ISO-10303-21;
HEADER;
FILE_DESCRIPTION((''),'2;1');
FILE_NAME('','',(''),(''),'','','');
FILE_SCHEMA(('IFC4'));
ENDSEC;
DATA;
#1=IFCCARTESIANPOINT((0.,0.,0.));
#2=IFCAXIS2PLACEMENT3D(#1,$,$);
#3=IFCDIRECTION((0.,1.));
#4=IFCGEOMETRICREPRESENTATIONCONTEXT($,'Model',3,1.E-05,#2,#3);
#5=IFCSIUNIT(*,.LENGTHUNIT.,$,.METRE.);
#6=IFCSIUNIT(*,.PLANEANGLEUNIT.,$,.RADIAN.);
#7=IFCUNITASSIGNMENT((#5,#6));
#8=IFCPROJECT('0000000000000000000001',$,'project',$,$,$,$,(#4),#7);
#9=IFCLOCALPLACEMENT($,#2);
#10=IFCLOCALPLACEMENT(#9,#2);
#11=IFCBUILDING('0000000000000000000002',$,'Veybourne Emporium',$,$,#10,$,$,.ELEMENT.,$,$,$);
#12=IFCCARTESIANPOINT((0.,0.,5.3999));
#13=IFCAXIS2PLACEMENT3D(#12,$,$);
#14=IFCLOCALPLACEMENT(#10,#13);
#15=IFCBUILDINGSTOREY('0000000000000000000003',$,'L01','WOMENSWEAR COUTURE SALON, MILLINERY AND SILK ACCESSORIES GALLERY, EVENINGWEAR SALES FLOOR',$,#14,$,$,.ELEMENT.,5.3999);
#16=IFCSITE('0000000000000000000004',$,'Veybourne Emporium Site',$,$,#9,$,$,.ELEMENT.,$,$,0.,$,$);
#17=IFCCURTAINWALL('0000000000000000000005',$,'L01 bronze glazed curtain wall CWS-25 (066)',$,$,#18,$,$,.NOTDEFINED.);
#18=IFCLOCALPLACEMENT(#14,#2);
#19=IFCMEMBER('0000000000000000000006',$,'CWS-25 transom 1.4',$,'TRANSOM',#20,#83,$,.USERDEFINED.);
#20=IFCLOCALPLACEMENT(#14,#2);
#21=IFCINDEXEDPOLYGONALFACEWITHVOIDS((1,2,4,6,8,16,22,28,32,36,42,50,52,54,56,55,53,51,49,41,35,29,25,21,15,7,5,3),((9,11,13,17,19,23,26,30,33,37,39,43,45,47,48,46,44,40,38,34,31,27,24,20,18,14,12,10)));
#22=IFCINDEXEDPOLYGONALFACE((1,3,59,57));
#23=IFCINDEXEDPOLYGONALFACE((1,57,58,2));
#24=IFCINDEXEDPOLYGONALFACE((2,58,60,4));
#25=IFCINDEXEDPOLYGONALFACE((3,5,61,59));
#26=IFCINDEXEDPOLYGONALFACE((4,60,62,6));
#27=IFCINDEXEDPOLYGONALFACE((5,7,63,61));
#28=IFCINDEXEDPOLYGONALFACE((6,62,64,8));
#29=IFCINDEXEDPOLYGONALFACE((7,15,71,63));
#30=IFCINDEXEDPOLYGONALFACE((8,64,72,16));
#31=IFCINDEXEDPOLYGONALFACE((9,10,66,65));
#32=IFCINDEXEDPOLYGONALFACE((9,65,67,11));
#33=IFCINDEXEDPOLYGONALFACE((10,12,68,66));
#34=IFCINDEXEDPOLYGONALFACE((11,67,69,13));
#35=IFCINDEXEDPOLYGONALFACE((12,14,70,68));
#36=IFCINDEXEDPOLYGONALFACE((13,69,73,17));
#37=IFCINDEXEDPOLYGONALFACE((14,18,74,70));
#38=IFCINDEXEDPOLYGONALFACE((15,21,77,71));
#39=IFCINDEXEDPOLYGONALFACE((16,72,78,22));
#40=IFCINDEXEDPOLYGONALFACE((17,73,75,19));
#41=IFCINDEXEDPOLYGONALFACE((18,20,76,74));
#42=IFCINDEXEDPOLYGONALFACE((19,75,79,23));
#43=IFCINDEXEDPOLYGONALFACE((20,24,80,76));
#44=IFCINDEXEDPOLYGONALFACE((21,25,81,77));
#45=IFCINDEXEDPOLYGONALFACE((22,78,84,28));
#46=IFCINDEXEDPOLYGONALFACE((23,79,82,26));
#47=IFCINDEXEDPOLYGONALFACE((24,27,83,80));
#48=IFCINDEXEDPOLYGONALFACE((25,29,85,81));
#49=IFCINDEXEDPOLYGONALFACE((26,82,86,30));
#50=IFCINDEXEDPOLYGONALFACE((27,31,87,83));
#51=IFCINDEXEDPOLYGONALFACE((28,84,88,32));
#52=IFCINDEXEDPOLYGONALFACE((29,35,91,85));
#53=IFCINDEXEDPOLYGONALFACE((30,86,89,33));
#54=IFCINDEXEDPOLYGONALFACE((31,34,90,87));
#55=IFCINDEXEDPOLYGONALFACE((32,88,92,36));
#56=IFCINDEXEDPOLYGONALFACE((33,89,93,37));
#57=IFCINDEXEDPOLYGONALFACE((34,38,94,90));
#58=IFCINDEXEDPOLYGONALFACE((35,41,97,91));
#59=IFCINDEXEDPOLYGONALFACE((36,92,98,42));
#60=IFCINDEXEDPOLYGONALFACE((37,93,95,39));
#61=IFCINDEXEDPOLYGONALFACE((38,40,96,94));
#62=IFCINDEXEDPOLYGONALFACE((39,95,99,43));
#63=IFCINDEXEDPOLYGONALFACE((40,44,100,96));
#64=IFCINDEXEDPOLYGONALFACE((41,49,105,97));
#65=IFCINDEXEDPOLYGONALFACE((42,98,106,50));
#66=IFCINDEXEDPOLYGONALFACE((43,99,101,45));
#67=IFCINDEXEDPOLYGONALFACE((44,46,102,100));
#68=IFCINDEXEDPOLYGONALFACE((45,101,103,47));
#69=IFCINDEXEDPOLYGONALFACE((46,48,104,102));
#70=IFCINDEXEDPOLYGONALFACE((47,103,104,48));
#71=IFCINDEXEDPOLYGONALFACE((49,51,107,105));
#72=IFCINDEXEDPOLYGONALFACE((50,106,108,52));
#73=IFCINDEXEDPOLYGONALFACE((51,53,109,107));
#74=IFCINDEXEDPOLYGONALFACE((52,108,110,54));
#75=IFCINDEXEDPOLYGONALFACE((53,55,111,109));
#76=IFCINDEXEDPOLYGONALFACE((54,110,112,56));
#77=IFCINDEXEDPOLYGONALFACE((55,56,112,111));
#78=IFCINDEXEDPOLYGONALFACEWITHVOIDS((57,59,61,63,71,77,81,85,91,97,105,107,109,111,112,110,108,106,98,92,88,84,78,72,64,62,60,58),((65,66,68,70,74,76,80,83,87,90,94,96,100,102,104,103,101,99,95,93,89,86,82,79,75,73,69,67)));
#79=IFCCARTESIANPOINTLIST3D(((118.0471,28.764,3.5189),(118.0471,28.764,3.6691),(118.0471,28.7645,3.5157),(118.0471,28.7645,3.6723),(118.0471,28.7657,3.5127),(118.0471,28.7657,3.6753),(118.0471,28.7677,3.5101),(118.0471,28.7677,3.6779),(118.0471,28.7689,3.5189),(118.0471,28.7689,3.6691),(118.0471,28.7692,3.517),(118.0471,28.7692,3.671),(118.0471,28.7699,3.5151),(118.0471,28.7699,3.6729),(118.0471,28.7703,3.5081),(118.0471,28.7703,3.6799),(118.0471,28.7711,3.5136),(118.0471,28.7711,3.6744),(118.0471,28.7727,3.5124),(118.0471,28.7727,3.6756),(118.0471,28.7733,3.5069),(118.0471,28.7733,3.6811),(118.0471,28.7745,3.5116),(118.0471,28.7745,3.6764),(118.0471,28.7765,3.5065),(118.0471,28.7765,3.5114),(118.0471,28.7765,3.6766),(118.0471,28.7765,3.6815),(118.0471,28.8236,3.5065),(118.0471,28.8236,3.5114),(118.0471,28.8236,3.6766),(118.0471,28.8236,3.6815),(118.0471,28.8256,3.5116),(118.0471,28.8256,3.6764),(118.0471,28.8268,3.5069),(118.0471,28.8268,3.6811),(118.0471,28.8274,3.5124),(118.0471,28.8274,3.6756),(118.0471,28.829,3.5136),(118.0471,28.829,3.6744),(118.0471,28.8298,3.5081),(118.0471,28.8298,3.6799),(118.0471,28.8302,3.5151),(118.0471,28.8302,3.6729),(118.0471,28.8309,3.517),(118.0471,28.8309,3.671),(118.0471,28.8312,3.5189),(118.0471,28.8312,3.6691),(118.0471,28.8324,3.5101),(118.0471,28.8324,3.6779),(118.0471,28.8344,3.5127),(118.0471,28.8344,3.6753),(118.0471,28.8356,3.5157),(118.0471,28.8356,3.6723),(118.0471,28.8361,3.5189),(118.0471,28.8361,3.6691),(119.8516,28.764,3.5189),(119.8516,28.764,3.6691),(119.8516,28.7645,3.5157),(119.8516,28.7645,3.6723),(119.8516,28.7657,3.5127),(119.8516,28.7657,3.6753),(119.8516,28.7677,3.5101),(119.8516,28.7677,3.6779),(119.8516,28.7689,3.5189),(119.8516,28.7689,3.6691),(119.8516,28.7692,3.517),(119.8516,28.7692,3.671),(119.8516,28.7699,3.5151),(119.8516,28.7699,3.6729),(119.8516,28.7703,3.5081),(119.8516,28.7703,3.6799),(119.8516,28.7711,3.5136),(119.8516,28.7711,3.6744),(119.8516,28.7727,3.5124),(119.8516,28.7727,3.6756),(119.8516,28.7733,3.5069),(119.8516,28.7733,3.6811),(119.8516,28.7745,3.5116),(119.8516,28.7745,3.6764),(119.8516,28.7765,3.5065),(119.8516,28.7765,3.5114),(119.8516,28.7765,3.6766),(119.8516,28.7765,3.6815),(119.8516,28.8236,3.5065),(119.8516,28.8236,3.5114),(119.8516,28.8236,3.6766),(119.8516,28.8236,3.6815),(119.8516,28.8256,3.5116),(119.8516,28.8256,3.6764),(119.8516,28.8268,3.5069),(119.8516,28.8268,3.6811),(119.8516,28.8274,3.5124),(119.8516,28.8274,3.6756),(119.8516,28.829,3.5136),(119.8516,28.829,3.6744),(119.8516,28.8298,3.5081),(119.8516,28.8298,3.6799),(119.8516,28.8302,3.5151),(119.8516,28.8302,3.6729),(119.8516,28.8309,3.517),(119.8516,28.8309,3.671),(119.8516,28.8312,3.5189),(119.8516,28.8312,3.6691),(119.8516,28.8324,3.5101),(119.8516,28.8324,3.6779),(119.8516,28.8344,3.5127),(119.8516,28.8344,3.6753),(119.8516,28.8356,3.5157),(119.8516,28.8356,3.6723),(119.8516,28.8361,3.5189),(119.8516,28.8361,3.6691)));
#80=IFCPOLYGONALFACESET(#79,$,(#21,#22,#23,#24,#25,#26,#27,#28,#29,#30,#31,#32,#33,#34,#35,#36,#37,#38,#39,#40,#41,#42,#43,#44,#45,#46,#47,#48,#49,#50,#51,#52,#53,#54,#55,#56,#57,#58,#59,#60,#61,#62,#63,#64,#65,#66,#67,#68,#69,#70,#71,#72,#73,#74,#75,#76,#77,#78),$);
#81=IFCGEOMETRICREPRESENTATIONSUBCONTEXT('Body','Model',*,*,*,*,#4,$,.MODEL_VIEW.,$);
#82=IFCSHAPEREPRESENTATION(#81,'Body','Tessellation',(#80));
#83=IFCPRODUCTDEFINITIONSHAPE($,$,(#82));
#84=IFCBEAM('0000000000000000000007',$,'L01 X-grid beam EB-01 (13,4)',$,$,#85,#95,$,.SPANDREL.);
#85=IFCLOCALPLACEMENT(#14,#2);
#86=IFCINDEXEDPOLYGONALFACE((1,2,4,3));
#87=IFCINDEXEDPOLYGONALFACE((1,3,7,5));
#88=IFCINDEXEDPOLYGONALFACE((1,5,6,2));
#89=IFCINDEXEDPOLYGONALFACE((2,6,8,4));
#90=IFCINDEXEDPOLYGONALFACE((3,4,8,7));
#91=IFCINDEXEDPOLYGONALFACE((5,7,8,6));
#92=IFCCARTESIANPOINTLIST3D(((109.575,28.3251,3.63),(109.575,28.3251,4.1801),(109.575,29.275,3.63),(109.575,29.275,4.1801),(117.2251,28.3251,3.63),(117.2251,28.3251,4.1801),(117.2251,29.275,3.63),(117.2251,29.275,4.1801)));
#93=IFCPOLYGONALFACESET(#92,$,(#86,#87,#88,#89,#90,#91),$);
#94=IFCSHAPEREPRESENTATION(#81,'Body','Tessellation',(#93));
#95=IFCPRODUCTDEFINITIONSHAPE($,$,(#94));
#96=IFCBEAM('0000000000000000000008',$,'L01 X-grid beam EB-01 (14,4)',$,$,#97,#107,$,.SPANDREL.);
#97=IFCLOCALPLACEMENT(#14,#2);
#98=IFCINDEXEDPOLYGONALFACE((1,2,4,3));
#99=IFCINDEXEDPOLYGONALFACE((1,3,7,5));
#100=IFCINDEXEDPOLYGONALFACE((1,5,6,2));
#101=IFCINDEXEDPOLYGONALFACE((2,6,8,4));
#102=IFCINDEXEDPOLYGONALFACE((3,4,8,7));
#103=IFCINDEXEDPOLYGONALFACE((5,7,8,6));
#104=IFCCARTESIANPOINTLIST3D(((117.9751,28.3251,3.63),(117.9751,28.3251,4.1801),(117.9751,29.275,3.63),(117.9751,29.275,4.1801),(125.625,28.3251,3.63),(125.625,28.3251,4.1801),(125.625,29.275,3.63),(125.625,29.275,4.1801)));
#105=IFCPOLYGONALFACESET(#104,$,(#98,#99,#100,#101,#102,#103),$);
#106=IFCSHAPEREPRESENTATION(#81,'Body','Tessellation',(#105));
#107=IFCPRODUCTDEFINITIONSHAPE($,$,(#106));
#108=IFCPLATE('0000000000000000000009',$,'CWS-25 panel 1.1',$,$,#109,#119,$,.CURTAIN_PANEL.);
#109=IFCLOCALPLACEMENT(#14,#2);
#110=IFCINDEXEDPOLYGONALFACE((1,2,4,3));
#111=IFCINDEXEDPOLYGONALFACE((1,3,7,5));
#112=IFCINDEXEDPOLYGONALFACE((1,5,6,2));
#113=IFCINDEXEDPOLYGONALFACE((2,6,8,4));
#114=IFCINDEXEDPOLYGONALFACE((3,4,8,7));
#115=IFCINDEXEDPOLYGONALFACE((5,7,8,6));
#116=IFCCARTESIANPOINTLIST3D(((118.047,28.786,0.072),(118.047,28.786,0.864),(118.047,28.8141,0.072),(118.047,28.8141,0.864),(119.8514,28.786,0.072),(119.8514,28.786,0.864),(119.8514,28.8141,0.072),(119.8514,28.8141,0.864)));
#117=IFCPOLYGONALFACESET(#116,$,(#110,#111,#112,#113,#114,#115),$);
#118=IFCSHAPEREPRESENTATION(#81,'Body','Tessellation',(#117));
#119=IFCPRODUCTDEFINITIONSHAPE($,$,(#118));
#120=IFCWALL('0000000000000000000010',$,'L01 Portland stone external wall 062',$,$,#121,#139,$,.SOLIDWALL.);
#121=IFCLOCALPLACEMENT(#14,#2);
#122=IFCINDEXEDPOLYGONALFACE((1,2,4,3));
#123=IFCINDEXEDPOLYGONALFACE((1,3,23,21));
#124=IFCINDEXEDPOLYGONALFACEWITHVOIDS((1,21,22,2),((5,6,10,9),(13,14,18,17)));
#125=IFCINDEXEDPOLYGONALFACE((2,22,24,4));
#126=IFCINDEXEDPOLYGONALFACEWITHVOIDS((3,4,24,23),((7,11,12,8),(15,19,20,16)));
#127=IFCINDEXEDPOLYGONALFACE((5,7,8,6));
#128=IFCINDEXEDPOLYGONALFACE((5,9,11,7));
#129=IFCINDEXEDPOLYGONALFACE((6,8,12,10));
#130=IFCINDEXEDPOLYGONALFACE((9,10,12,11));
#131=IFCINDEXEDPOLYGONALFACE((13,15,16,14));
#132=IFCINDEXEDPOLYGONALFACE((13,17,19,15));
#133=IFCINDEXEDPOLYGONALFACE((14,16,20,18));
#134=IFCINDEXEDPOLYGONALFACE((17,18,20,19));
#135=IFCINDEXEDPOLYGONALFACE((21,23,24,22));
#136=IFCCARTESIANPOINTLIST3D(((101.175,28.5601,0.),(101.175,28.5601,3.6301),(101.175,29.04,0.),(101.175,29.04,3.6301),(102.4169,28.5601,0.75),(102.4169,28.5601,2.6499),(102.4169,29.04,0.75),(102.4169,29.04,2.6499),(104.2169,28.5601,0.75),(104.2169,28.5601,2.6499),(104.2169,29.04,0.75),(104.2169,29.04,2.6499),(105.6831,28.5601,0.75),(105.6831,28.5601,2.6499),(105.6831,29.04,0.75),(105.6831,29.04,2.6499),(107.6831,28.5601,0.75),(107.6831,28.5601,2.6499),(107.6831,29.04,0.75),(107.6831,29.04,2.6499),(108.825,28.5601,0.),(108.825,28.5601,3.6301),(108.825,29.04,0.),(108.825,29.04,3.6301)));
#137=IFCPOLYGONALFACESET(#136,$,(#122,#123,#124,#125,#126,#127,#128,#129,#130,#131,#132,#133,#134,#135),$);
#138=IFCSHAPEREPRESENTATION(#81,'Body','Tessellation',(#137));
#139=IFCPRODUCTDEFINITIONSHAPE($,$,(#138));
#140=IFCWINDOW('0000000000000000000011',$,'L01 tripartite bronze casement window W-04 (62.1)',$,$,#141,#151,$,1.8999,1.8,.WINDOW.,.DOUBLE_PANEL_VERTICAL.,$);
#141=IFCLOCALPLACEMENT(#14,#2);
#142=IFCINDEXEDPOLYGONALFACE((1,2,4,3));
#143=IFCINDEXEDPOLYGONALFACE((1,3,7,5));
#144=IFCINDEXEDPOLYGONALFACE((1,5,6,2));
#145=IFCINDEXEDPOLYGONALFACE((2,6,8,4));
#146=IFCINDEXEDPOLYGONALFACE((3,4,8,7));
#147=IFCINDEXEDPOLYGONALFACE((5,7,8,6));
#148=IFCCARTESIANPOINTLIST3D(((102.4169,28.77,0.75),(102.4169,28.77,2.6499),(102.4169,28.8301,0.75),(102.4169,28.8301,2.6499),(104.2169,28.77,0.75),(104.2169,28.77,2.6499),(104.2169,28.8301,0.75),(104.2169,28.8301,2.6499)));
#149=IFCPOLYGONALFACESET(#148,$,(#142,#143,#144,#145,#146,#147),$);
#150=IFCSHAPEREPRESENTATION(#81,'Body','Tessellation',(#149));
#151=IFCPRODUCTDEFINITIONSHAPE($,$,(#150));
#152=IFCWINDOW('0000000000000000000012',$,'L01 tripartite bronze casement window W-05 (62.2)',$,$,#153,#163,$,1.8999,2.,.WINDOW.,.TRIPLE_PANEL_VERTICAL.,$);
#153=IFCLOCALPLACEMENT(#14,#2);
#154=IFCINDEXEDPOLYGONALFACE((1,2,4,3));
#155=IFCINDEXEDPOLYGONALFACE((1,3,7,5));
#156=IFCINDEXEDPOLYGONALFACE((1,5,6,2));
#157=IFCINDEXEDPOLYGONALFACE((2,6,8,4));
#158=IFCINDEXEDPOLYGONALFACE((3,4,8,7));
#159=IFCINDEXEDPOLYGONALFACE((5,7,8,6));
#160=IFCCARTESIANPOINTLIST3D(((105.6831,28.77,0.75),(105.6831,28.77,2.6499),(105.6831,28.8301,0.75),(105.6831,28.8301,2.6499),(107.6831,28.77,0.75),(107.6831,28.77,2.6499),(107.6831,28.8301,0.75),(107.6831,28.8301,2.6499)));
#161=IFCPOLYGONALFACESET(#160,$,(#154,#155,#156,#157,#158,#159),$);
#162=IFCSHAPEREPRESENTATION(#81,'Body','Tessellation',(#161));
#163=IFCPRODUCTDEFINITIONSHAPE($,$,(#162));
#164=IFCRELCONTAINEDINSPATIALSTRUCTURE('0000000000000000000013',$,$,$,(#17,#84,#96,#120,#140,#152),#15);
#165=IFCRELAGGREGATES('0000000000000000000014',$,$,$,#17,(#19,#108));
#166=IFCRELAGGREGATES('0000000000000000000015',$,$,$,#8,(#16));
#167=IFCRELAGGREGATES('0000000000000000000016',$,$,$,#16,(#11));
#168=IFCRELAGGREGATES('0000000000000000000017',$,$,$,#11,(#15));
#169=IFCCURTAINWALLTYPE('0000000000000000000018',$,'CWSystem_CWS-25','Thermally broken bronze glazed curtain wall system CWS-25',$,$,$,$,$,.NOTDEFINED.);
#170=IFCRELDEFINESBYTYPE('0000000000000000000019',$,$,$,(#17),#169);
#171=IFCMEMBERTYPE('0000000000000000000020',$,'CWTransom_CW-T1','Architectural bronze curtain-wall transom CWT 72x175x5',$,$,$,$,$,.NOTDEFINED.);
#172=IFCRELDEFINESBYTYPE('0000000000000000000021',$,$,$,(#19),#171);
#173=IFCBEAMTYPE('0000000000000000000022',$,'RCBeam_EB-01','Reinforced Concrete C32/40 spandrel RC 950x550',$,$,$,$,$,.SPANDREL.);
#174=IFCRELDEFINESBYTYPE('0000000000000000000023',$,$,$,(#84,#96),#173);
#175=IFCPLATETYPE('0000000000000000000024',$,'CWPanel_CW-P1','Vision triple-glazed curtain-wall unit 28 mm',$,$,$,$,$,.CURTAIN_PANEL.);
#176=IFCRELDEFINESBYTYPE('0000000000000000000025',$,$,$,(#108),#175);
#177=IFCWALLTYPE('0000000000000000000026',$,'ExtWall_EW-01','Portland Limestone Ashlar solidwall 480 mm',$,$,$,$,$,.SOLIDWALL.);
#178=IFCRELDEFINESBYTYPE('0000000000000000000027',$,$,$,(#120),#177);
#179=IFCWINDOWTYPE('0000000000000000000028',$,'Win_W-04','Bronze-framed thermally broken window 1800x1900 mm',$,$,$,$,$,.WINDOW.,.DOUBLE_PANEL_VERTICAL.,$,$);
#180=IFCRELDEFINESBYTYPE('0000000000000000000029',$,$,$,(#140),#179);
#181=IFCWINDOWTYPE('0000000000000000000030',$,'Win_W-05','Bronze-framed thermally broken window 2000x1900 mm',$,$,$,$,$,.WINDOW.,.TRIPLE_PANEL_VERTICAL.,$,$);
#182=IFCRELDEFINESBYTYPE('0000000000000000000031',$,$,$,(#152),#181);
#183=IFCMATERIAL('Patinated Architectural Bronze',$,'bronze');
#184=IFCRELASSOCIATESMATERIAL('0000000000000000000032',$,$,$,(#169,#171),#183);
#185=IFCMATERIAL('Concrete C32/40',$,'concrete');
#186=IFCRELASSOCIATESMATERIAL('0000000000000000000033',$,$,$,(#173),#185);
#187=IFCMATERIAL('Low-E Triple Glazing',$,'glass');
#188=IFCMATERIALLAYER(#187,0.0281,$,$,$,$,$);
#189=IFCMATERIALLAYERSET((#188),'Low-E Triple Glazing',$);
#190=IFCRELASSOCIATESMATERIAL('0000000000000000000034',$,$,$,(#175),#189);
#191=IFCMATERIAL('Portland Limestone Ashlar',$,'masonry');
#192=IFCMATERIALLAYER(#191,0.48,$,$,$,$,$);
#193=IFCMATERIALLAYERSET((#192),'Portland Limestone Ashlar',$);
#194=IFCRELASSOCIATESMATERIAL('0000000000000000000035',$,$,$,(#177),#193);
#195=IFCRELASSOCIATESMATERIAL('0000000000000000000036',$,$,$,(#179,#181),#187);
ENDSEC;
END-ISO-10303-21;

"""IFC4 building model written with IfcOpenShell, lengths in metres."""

from ifc_helpers import new_model, si_unit, direction, frame, frame_2d, origin, origin_2d, place, context, subcontext, project, spatial, rectangle, hollow_rectangle, extrude, material, layer, layer_set, material_profile, profile_set, type_object, element, fill, aggregate, save


model = new_model("IFC4")

# Units and contexts
model_context = context("Model", 3, precision=1e-05, world=origin(), true_north=direction((0.0, 1.0)))
body_context = subcontext(model_context, "Body", "Model", "MODEL_VIEW")
ifc_project = project(units=[si_unit("LENGTHUNIT", "METRE"), si_unit("PLANEANGLEUNIT", "RADIAN")], contexts=[model_context])

# Site, building, storey
site_placement = place(None, origin())
site = spatial("IfcSite", under=ifc_project, at=site_placement, Name="Veybourne Emporium Site", CompositionType="ELEMENT", RefElevation=0.0)
building_placement = place(site_placement, origin())
building = spatial("IfcBuilding", under=site, at=building_placement, Name="Veybourne Emporium", CompositionType="ELEMENT")
storey_placement = place(building_placement, frame((0.0, 0.0, 5.3999)))
storey = spatial("IfcBuildingStorey", under=building, at=storey_placement, Name="L01", Description="WOMENSWEAR COUTURE SALON, MILLINERY AND SILK ACCESSORIES GALLERY, EVENINGWEAR SALES FLOOR", CompositionType="ELEMENT", Elevation=5.3999)

# Curtain wall, member
ifc_material_1 = material(Name="Patinated Architectural Bronze", Category="bronze")
curtain_wall_type = type_object("IfcCurtainWallType", Name="CWSystem_CWS-25", Description="Thermally broken bronze glazed curtain wall system CWS-25", PredefinedType="NOTDEFINED", material=ifc_material_1)
curtain_wall_placement = place(storey_placement, origin())
curtain_wall = element("IfcCurtainWall", 1, at=curtain_wall_placement, inside=storey, type_object=curtain_wall_type, Name="L01 bronze glazed curtain wall CWS-25 (066)", PredefinedType="NOTDEFINED")
ifc_material_profile_1 = material_profile(ifc_material_1, hollow_rectangle(XDim=0.072, YDim=0.175, WallThickness=0.0049, InnerFilletRadius=0.0076, OuterFilletRadius=0.0125, at=origin_2d()), Name="CWT 72x175x5")
ifc_profile_set_1 = profile_set([ifc_material_profile_1], Name="Patinated Architectural Bronze")
member_type_1 = type_object("IfcMemberType", Name="CWTransom_CW-T1", Description="Architectural bronze curtain-wall transom CWT 72x175x5", PredefinedType="NOTDEFINED", material=ifc_profile_set_1)
member_1_placement = place(storey_placement, frame((118.0471, 28.8, 3.594), z_axis=(1.0, 0.0, 0.0), x_axis=(0.0, 1.0, 0.0)))
member_1 = element("IfcMember", 2, at=member_1_placement, type_object=member_type_1, Name="CWS-25 transom 1.4", ObjectType="TRANSOM", PredefinedType="USERDEFINED", context=body_context, shape_type="SweptSolid", body=[
    extrude(hollow_rectangle(XDim=0.072, YDim=0.175, WallThickness=0.0049, InnerFilletRadius=0.0076, OuterFilletRadius=0.0125, at=origin_2d()), origin(), (0.0, 0.0, 1.0), 1.8044),
])

# Beams
ifc_material_2 = material(Name="Concrete C32/40", Category="concrete")
ifc_material_profile_2 = material_profile(ifc_material_2, rectangle(XDim=0.95, YDim=0.55, at=origin_2d()), Name="RC 950x550")
ifc_profile_set_2 = profile_set([ifc_material_profile_2], Name="Concrete C32/40")
beam_type = type_object("IfcBeamType", Name="RCBeam_EB-01", Description="Reinforced Concrete C32/40 spandrel RC 950x550", PredefinedType="SPANDREL", material=ifc_profile_set_2)
beam_1_placement = place(storey_placement, frame((109.575, 28.8, 3.905), z_axis=(1.0, 0.0, 0.0), x_axis=(0.0, 1.0, 0.0)))
element("IfcBeam", 3, at=beam_1_placement, inside=storey, type_object=beam_type, Name="L01 X-grid beam EB-01 (13,4)", PredefinedType="SPANDREL", context=body_context, shape_type="SweptSolid", body=[
    extrude(rectangle(XDim=0.95, YDim=0.55, at=origin_2d()), origin(), (0.0, 0.0, 1.0), 7.6501),
])
beam_2_placement = place(storey_placement, frame((117.9751, 28.8, 3.905), z_axis=(1.0, 0.0, 0.0), x_axis=(0.0, 1.0, 0.0)))
element("IfcBeam", 4, at=beam_2_placement, inside=storey, type_object=beam_type, Name="L01 X-grid beam EB-01 (14,4)", PredefinedType="SPANDREL", context=body_context, shape_type="SweptSolid", body=[
    extrude(rectangle(XDim=0.95, YDim=0.55, at=origin_2d()), origin(), (0.0, 0.0, 1.0), 7.6499),
])

# Plate
ifc_material_3 = material(Name="Low-E Triple Glazing", Category="glass")
ifc_layer_1 = layer(ifc_material_3, 0.0281)
ifc_layer_set_1 = layer_set([ifc_layer_1], Name="Low-E Triple Glazing")
plate_type = type_object("IfcPlateType", Name="CWPanel_CW-P1", Description="Vision triple-glazed curtain-wall unit 28 mm", PredefinedType="CURTAIN_PANEL", material=ifc_layer_set_1)
plate_placement = place(storey_placement, frame((118.9492, 28.8, 0.072), z_axis=(0.0, 0.0, 1.0), x_axis=(1.0, 0.0, 0.0)))
plate = element("IfcPlate", 5, at=plate_placement, type_object=plate_type, Name="CWS-25 panel 1.1", PredefinedType="CURTAIN_PANEL", context=body_context, shape_type="SweptSolid", body=[
    extrude(rectangle(XDim=1.8044, YDim=0.0281, at=origin_2d()), origin(), (0.0, 0.0, 1.0), 0.792),
])
aggregate(curtain_wall, [member_1, plate])

# Wall, openings, windows
ifc_material_4 = material(Name="Portland Limestone Ashlar", Category="masonry")
ifc_layer_2 = layer(ifc_material_4, 0.48)
ifc_layer_set_2 = layer_set([ifc_layer_2], Name="Portland Limestone Ashlar")
wall_type_1 = type_object("IfcWallType", Name="ExtWall_EW-01", Description="Portland Limestone Ashlar solidwall 480 mm", PredefinedType="SOLIDWALL", material=ifc_layer_set_2)
wall_1_placement = place(storey_placement, frame((101.175, 28.8, 0.0), z_axis=(0.0, 0.0, 1.0), x_axis=(1.0, 0.0, 0.0)))
wall_1 = element("IfcWall", 6, at=wall_1_placement, inside=storey, type_object=wall_type_1, Name="L01 Portland stone external wall 062", PredefinedType="SOLIDWALL", context=body_context, shape_type="SweptSolid", body=[
    extrude(rectangle(XDim=7.6499, YDim=0.48, at=frame_2d((3.825, 0.0))), origin(), (0.0, 0.0, 1.0), 3.6301),
])
opening_1_placement = place(wall_1_placement, frame((1.2419, 0.0, 0.75)))
opening_1 = element("IfcOpeningElement", 7, at=opening_1_placement, cuts=wall_1, PredefinedType="OPENING", context=body_context, shape_type="SweptSolid", body=[
    extrude(rectangle(XDim=1.8, YDim=1.8999, at=frame_2d((0.8999, 0.95))), frame((0.0, 0.26, 0.0), z_axis=(0.0, -1.0, 0.0), x_axis=(1.0, 0.0, 0.0)), (0.0, 0.0, 1.0), 0.52),
])
opening_2_placement = place(wall_1_placement, frame((4.5081, 0.0, 0.75)))
opening_2 = element("IfcOpeningElement", 8, at=opening_2_placement, cuts=wall_1, PredefinedType="OPENING", context=body_context, shape_type="SweptSolid", body=[
    extrude(rectangle(XDim=2.0, YDim=1.8999, at=frame_2d((1.0, 0.95))), frame((0.0, 0.26, 0.0), z_axis=(0.0, -1.0, 0.0), x_axis=(1.0, 0.0, 0.0)), (0.0, 0.0, 1.0), 0.52),
])
window_type_1 = type_object("IfcWindowType", Name="Win_W-04", Description="Bronze-framed thermally broken window 1800x1900 mm", PartitioningType="DOUBLE_PANEL_VERTICAL", PredefinedType="WINDOW", material=ifc_material_3)
window_1_placement = place(opening_1_placement, origin())
window_1 = element("IfcWindow", 9, at=window_1_placement, inside=storey, type_object=window_type_1, Name="L01 tripartite bronze casement window W-04 (62.1)", OverallHeight=1.8999, OverallWidth=1.8, PartitioningType="DOUBLE_PANEL_VERTICAL", PredefinedType="WINDOW", context=body_context, shape_type="SweptSolid", body=[
    extrude(rectangle(XDim=1.8, YDim=1.8999, at=frame_2d((0.8999, 0.95))), frame((0.0, 0.03, 0.0), z_axis=(0.0, -1.0, 0.0), x_axis=(1.0, 0.0, 0.0)), (0.0, 0.0, 1.0), 0.0601),
])
fill(opening_1, window_1)
window_type_2 = type_object("IfcWindowType", Name="Win_W-05", Description="Bronze-framed thermally broken window 2000x1900 mm", PartitioningType="TRIPLE_PANEL_VERTICAL", PredefinedType="WINDOW", material=ifc_material_3)
window_2_placement = place(opening_2_placement, origin())
window_2 = element("IfcWindow", 10, at=window_2_placement, inside=storey, type_object=window_type_2, Name="L01 tripartite bronze casement window W-05 (62.2)", OverallHeight=1.8999, OverallWidth=2.0, PartitioningType="TRIPLE_PANEL_VERTICAL", PredefinedType="WINDOW", context=body_context, shape_type="SweptSolid", body=[
    extrude(rectangle(XDim=2.0, YDim=1.8999, at=frame_2d((1.0, 0.95))), frame((0.0, 0.03, 0.0), z_axis=(0.0, -1.0, 0.0), x_axis=(1.0, 0.0, 0.0)), (0.0, 0.0, 1.0), 0.0601),
])
fill(opening_2, window_2)

save(model, "model.ifc")
